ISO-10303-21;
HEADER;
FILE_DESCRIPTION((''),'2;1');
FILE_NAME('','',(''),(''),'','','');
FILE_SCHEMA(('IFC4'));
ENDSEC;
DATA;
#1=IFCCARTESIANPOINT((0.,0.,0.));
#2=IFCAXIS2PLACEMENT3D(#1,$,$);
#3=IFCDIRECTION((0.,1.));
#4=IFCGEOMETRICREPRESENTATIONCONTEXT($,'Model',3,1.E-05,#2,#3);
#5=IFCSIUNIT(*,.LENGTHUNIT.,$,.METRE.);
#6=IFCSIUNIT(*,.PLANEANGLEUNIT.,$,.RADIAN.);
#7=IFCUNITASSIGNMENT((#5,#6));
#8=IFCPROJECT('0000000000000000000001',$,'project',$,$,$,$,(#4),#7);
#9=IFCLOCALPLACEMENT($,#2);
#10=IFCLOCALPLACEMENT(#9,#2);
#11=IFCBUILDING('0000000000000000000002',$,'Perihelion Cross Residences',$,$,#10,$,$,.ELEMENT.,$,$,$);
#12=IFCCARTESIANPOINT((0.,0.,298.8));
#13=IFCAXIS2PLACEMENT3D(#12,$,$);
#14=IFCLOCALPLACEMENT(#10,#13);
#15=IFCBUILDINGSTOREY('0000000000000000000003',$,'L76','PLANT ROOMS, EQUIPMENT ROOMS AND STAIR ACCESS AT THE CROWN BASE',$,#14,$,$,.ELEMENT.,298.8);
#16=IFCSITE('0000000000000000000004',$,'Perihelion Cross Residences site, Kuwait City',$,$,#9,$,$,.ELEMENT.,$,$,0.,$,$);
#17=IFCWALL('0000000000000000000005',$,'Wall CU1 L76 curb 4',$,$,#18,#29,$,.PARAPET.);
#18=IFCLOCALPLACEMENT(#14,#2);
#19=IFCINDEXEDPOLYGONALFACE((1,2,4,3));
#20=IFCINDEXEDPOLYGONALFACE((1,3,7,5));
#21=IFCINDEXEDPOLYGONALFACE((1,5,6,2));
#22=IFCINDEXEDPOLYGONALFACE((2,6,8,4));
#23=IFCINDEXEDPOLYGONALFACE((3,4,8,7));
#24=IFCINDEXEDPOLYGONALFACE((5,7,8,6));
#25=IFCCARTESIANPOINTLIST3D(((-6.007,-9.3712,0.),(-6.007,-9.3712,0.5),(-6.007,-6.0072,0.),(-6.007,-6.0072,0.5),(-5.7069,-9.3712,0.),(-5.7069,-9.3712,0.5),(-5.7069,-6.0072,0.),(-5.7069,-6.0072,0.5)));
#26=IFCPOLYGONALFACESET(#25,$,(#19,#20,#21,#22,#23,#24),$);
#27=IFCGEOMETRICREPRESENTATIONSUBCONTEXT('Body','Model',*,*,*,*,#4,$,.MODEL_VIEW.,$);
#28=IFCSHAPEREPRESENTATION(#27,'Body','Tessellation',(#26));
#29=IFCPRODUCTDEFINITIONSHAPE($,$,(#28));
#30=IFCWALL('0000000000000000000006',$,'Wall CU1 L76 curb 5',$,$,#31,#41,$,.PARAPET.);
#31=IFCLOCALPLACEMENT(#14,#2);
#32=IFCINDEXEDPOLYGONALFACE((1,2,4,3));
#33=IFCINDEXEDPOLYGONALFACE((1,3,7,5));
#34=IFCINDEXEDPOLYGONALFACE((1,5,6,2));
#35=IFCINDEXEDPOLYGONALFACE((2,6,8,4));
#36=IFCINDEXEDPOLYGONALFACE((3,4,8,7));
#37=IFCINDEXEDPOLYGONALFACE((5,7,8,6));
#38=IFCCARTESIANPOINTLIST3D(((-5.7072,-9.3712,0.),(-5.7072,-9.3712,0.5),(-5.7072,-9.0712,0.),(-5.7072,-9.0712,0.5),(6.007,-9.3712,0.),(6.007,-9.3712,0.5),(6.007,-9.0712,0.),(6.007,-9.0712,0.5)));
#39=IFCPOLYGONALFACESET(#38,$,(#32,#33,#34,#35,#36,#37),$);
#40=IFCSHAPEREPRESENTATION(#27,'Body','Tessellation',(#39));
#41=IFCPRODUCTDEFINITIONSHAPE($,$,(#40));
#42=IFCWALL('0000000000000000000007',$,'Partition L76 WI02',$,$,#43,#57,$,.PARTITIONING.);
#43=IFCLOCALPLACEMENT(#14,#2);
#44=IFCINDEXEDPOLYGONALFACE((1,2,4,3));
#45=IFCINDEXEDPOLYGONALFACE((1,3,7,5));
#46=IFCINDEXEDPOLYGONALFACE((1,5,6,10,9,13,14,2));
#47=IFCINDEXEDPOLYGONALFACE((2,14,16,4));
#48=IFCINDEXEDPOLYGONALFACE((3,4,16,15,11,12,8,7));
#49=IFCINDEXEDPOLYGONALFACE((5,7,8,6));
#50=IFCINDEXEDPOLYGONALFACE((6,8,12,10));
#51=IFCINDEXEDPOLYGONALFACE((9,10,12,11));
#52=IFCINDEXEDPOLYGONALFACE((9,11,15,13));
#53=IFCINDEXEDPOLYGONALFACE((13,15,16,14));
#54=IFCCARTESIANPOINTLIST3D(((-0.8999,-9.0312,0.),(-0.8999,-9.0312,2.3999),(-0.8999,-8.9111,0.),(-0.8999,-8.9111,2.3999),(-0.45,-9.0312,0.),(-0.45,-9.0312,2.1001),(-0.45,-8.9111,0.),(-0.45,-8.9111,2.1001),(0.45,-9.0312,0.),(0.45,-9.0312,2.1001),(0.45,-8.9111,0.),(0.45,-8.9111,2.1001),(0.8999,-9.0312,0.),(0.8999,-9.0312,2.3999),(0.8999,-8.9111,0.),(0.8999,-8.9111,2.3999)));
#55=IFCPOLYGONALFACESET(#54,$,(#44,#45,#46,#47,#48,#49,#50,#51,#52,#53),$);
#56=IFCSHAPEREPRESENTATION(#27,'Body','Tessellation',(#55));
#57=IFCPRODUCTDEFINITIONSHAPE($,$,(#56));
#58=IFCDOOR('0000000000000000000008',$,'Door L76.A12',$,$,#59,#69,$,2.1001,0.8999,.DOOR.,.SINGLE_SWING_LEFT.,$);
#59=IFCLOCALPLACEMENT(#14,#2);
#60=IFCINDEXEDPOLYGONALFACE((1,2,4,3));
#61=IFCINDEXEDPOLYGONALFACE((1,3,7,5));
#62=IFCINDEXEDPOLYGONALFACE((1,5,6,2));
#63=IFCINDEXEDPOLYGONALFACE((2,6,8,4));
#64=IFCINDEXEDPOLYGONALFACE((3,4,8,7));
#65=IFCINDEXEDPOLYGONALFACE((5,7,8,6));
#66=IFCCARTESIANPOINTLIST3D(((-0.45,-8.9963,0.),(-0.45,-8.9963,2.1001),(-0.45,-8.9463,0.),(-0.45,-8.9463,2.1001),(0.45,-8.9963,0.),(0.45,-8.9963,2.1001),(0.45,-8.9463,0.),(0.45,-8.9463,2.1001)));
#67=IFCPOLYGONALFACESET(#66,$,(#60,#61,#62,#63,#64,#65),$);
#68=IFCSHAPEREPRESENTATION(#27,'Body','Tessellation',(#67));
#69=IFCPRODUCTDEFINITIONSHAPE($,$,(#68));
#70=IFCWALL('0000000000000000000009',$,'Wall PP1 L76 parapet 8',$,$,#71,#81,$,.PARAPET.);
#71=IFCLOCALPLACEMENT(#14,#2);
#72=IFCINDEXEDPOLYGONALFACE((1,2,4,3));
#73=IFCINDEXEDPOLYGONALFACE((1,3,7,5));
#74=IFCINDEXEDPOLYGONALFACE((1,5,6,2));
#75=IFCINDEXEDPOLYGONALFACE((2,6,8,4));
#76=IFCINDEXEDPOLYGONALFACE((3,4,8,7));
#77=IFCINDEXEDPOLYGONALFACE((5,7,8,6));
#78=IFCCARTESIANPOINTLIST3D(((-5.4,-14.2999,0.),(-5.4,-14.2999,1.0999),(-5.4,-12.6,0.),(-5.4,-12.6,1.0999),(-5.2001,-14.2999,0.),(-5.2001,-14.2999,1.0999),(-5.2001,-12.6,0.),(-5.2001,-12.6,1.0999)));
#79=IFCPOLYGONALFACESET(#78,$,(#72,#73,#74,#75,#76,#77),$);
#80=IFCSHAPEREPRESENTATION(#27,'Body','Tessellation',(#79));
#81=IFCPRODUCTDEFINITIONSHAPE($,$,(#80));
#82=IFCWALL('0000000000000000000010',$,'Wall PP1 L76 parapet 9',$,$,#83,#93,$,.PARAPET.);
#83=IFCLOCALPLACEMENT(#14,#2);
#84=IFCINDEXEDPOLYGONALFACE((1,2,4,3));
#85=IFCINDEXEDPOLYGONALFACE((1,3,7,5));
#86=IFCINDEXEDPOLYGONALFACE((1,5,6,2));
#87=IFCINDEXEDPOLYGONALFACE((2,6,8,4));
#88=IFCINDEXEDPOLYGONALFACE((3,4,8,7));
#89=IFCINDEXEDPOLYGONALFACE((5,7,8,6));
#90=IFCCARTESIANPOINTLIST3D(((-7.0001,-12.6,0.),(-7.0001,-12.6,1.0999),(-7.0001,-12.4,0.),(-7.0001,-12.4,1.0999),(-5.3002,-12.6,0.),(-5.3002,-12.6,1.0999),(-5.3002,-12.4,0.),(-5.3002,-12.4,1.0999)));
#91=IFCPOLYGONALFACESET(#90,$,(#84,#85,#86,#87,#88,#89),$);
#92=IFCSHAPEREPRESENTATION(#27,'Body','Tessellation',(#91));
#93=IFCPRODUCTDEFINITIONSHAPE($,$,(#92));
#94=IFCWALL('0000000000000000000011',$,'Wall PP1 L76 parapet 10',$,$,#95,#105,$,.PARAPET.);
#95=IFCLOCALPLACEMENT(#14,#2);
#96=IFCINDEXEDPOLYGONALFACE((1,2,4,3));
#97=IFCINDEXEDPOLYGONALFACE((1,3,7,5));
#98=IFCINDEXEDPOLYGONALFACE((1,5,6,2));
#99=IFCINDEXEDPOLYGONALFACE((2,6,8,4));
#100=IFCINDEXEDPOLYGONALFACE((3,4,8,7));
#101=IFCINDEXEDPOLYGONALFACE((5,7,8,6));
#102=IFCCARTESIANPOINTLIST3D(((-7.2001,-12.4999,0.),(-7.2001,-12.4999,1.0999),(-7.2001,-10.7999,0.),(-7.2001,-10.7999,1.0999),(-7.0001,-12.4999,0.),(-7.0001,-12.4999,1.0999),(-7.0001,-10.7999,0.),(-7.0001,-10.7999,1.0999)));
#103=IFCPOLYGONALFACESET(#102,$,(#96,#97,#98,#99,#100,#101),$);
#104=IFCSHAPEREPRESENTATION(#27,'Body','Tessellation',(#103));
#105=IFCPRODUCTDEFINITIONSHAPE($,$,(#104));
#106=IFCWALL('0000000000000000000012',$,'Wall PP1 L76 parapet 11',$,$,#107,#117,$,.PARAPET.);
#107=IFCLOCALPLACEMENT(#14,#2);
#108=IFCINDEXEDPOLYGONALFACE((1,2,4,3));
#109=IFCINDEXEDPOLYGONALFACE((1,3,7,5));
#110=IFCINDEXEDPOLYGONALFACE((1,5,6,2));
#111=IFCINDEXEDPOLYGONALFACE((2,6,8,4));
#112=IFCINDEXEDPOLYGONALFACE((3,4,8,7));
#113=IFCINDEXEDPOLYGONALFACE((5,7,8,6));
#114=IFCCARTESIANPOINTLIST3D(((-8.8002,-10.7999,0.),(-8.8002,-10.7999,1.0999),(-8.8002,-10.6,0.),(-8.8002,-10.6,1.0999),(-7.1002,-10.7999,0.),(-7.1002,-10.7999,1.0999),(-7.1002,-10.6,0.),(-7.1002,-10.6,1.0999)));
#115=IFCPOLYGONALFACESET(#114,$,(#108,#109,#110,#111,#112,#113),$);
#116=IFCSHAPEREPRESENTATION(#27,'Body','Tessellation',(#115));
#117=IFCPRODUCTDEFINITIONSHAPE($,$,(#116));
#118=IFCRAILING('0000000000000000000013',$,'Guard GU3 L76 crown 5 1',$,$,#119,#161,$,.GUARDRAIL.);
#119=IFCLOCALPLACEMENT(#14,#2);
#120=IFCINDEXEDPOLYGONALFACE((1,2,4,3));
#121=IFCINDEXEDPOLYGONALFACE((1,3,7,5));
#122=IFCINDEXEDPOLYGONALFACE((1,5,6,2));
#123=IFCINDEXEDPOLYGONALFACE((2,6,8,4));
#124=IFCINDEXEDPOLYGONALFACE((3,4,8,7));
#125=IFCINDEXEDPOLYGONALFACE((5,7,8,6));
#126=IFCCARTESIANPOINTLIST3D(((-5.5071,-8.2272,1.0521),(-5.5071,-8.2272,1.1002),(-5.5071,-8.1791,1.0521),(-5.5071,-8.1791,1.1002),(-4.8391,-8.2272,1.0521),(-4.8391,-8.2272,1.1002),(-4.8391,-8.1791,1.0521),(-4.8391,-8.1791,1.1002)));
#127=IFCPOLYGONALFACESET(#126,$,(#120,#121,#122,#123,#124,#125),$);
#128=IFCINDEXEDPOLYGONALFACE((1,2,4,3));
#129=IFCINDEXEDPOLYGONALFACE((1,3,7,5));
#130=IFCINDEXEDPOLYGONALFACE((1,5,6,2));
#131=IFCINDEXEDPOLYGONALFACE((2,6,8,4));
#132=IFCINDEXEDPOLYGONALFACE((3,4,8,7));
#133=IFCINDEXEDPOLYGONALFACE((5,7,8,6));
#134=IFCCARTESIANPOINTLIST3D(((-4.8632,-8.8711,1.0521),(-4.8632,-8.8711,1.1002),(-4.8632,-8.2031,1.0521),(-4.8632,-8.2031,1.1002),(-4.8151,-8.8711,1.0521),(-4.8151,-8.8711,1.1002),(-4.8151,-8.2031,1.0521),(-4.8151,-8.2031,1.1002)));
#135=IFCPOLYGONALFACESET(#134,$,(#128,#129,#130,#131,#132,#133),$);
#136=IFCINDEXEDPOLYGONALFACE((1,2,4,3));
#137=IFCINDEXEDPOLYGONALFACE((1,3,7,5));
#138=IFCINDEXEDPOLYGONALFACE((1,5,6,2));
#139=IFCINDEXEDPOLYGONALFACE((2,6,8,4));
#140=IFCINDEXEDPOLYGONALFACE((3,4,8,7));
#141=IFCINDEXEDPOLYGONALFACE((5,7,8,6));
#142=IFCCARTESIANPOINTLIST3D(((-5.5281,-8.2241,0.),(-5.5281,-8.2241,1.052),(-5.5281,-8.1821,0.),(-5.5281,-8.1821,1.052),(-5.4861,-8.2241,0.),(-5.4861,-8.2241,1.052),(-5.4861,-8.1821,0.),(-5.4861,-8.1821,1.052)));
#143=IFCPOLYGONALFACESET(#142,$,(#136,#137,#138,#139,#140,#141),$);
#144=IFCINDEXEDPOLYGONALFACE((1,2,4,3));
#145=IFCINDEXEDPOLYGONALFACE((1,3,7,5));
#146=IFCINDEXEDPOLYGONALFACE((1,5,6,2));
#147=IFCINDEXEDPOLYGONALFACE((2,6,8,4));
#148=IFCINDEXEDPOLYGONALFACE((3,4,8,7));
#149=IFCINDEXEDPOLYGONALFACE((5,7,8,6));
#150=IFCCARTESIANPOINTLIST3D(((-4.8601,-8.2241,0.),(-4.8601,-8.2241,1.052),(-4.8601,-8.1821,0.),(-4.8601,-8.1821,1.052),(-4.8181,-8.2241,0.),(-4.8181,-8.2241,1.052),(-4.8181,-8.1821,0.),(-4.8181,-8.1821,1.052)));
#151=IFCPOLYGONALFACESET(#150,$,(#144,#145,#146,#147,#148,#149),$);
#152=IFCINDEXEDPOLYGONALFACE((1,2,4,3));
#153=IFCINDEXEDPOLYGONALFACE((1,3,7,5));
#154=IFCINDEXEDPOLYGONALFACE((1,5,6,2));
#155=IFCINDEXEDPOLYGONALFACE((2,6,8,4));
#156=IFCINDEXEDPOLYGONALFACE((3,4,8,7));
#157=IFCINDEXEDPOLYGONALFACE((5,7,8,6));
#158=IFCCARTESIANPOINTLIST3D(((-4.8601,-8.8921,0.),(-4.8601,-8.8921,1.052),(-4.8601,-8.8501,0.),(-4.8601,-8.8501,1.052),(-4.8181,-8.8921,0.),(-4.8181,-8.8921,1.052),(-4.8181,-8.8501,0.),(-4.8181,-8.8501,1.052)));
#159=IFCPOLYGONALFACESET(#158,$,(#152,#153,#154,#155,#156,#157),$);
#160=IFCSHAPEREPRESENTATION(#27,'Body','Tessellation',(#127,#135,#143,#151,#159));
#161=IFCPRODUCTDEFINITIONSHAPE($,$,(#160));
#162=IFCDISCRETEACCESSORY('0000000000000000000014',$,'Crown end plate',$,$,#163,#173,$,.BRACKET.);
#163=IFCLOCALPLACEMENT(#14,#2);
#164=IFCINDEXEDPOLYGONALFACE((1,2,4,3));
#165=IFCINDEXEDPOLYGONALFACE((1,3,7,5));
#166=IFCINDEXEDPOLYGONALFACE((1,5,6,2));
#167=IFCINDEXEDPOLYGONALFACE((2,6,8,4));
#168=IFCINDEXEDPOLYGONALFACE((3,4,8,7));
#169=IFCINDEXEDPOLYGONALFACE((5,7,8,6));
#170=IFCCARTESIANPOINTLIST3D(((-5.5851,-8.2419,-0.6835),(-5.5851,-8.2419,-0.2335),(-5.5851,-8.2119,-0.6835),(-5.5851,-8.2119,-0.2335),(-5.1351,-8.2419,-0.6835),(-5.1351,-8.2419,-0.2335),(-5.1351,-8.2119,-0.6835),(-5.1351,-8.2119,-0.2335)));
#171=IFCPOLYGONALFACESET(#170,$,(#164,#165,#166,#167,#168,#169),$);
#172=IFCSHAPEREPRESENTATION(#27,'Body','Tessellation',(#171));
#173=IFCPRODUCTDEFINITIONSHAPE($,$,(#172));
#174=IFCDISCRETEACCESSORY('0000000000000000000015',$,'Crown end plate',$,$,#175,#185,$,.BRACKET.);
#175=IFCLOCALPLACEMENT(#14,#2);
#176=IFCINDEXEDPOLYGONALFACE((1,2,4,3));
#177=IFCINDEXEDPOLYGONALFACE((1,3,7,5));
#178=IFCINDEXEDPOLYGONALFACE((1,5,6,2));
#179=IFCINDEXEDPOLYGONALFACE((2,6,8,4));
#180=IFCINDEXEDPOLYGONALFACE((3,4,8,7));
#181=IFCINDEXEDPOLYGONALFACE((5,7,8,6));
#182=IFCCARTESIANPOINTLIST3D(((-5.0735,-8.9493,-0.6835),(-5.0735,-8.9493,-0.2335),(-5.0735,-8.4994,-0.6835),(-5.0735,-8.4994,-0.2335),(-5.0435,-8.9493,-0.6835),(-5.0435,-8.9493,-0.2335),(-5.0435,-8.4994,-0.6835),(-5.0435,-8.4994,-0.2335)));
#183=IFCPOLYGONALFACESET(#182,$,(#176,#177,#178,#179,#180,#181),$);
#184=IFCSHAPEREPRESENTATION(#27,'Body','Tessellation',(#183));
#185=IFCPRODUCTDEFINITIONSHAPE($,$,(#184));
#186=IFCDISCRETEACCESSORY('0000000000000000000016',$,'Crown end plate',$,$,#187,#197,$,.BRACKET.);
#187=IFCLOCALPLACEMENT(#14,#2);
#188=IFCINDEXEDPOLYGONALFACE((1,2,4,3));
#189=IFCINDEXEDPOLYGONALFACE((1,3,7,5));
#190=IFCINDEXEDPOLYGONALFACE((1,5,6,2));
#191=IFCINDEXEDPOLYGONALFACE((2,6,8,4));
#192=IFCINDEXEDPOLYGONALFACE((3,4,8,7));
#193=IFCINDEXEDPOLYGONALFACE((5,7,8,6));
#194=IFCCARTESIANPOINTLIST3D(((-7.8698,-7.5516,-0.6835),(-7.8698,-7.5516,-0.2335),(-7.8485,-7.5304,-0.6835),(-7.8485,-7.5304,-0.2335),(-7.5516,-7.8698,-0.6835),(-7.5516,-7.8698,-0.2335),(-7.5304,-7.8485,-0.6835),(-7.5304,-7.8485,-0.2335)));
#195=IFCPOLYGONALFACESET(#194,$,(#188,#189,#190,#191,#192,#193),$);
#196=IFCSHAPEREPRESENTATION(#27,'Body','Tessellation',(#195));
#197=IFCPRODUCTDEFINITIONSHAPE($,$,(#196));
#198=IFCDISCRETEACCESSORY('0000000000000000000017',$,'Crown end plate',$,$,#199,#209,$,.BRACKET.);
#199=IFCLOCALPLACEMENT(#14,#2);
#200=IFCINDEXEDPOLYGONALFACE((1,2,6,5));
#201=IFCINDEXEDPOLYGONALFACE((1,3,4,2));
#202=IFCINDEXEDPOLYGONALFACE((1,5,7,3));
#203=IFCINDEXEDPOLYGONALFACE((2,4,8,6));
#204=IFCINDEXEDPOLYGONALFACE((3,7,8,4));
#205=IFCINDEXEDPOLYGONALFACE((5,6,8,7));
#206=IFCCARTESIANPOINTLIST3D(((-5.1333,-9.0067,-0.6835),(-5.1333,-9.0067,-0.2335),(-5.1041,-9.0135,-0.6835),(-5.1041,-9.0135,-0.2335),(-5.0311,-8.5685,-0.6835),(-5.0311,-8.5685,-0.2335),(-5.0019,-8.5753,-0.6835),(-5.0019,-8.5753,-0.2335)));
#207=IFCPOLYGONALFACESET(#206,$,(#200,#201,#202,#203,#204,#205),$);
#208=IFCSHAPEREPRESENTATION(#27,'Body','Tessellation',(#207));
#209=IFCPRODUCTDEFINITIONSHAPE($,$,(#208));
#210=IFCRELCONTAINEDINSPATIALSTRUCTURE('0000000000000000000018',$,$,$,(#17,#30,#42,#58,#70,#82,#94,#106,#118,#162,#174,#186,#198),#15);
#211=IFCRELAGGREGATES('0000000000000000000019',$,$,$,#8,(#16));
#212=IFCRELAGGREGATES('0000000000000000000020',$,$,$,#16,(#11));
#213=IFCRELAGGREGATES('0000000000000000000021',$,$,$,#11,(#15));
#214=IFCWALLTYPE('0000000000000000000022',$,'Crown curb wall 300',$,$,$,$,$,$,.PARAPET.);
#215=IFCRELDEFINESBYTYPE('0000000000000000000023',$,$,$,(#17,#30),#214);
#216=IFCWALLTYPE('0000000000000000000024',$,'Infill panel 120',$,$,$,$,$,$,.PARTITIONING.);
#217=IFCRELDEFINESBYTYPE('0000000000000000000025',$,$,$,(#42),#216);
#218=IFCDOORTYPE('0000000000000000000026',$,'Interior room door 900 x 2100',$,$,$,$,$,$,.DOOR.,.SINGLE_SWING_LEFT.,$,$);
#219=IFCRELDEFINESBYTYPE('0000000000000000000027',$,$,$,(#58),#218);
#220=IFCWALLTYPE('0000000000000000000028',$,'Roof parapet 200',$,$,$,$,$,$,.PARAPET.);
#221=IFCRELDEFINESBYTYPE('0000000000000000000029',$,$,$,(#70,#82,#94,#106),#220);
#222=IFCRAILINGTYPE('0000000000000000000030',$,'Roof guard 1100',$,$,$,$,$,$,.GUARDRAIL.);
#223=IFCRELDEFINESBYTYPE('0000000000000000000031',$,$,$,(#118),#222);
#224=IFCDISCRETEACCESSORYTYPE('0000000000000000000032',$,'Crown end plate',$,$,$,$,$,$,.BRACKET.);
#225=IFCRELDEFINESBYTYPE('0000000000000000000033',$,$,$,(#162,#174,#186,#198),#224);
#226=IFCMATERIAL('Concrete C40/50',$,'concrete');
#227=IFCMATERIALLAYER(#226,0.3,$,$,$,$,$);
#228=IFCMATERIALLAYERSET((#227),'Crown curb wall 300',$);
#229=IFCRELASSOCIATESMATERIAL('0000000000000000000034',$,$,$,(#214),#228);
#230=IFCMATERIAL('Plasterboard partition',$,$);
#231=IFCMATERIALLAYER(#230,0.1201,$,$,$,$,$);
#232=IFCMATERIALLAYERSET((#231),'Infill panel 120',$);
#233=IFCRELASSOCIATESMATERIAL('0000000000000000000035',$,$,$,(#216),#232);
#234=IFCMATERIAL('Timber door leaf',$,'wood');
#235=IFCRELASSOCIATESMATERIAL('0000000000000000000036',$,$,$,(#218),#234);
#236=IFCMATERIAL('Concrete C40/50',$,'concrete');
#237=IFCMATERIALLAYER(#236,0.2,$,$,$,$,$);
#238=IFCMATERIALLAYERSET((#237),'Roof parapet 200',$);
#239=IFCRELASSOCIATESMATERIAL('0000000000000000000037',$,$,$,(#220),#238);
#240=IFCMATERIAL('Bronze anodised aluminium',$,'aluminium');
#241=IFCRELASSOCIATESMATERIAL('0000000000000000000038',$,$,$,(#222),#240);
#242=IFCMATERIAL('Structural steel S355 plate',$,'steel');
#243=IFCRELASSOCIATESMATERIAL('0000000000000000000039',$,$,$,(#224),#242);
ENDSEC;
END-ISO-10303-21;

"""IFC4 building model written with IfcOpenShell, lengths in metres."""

from ifc_helpers import new_model, si_unit, direction, frame, frame_2d, origin, origin_2d, place, context, subcontext, project, spatial, rectangle, extrude, material, layer, layer_set, material_profile, profile_set, type_object, element, fill, save


model = new_model("IFC4")

# Units and contexts
model_context = context("Model", 3, precision=1e-05, world=origin(), true_north=direction((0.0, 1.0)))
body_context = subcontext(model_context, "Body", "Model", "MODEL_VIEW")
ifc_project = project(units=[si_unit("LENGTHUNIT", "METRE"), si_unit("PLANEANGLEUNIT", "RADIAN")], contexts=[model_context])

# Site, building, storey
site_placement = place(None, origin())
site = spatial("IfcSite", under=ifc_project, at=site_placement, Name="Perihelion Cross Residences site, Kuwait City", CompositionType="ELEMENT", RefElevation=0.0)
building_placement = place(site_placement, origin())
building = spatial("IfcBuilding", under=site, at=building_placement, Name="Perihelion Cross Residences", CompositionType="ELEMENT")
storey_placement = place(building_placement, frame((0.0, 0.0, 298.8)))
storey = spatial("IfcBuildingStorey", under=building, at=storey_placement, Name="L76", Description="PLANT ROOMS, EQUIPMENT ROOMS AND STAIR ACCESS AT THE CROWN BASE", CompositionType="ELEMENT", Elevation=298.8)

# Walls
ifc_material_1 = material(Name="Concrete C40/50", Category="concrete")
ifc_layer_1 = layer(ifc_material_1, 0.3)
ifc_layer_set_1 = layer_set([ifc_layer_1], Name="Crown curb wall 300")
wall_type_1 = type_object("IfcWallType", Name="Crown curb wall 300", PredefinedType="PARAPET", material=ifc_layer_set_1)
wall_1_placement = place(storey_placement, frame((-5.8569, -6.0071, 0.0), z_axis=(0.0, 0.0, 1.0), x_axis=(0.0, -1.0, 0.0)))
element("IfcWall", 1, at=wall_1_placement, inside=storey, type_object=wall_type_1, Name="Wall CU1 L76 curb 4", PredefinedType="PARAPET", context=body_context, shape_type="SweptSolid", body=[
    extrude(rectangle(XDim=3.364, YDim=0.3, at=frame_2d((1.6821, 0.0))), origin(), (0.0, 0.0, 1.0), 0.5),
])
wall_2_placement = place(storey_placement, frame((-5.707, -9.2212, 0.0), z_axis=(0.0, 0.0, 1.0), x_axis=(1.0, 0.0, 0.0)))
element("IfcWall", 2, at=wall_2_placement, inside=storey, type_object=wall_type_1, Name="Wall CU1 L76 curb 5", PredefinedType="PARAPET", context=body_context, shape_type="SweptSolid", body=[
    extrude(rectangle(XDim=11.7141, YDim=0.3, at=frame_2d((5.8569, 0.0))), origin(), (0.0, 0.0, 1.0), 0.5),
])

# Wall, opening, door
ifc_material_2 = material(Name="Plasterboard partition")
ifc_layer_2 = layer(ifc_material_2, 0.1201)
ifc_layer_set_2 = layer_set([ifc_layer_2], Name="Infill panel 120")
wall_type_2 = type_object("IfcWallType", Name="Infill panel 120", PredefinedType="PARTITIONING", material=ifc_layer_set_2)
wall_3_placement = place(storey_placement, frame((-0.8999, -8.9712, 0.0), z_axis=(0.0, 0.0, 1.0), x_axis=(1.0, 0.0, 0.0)))
wall_3 = element("IfcWall", 3, at=wall_3_placement, inside=storey, type_object=wall_type_2, Name="Partition L76 WI02", PredefinedType="PARTITIONING", context=body_context, shape_type="SweptSolid", body=[
    extrude(rectangle(XDim=1.7998, YDim=0.1201, at=frame_2d((0.8999, 0.0))), origin(), (0.0, 0.0, 1.0), 2.3999),
])
opening_1_placement = place(wall_3_placement, frame((0.45, 0.0, 0.0)))
opening_1 = element("IfcOpeningElement", 4, at=opening_1_placement, cuts=wall_3, PredefinedType="OPENING", context=body_context, shape_type="SweptSolid", body=[
    extrude(rectangle(XDim=0.8999, YDim=2.1001, at=frame_2d((0.45, 1.05))), frame((0.0, 0.0701, 0.0), z_axis=(0.0, -1.0, 0.0), x_axis=(1.0, 0.0, 0.0)), (0.0, 0.0, 1.0), 0.1401),
])
ifc_material_3 = material(Name="Timber door leaf", Category="wood")
door_type_1 = type_object("IfcDoorType", Name="Interior room door 900 x 2100", OperationType="SINGLE_SWING_LEFT", PredefinedType="DOOR", material=ifc_material_3)
door_1_placement = place(opening_1_placement, origin())
door_1 = element("IfcDoor", 5, at=door_1_placement, inside=storey, type_object=door_type_1, Name="Door L76.A12", OperationType="SINGLE_SWING_LEFT", OverallHeight=2.1001, OverallWidth=0.8999, PredefinedType="DOOR", context=body_context, shape_type="SweptSolid", body=[
    extrude(rectangle(XDim=0.8999, YDim=2.1001, at=frame_2d((0.45, 1.05))), frame((0.0, 0.0249, 0.0), z_axis=(0.0, -1.0, 0.0), x_axis=(1.0, 0.0, 0.0)), (0.0, 0.0, 1.0), 0.05),
])
fill(opening_1, door_1)

# Walls
ifc_material_4 = material(Name="Concrete C40/50", Category="concrete")
ifc_layer_3 = layer(ifc_material_4, 0.2)
ifc_layer_set_3 = layer_set([ifc_layer_3], Name="Roof parapet 200")
wall_type_3 = type_object("IfcWallType", Name="Roof parapet 200", PredefinedType="PARAPET", material=ifc_layer_set_3)
for number, where, z_axis, x_axis, name in (
    (6, (-5.3, -14.3, 0.0), (0.0, 0.0, 1.0), (0.0, 1.0, 0.0), "Wall PP1 L76 parapet 8"),
    (7, (-5.3, -12.5, 0.0), (0.0, 0.0, 1.0), (-1.0, 0.0, 0.0), "Wall PP1 L76 parapet 9"),
    (8, (-7.1001, -12.5, 0.0), (0.0, 0.0, 1.0), (0.0, 1.0, 0.0), "Wall PP1 L76 parapet 10"),
    (9, (-7.1001, -10.7, 0.0), (0.0, 0.0, 1.0), (-1.0, 0.0, 0.0), "Wall PP1 L76 parapet 11"),
):
    element("IfcWall", number, at=place(storey_placement, frame(where, z_axis=z_axis, x_axis=x_axis)), inside=storey, type_object=wall_type_3, Name=name, PredefinedType="PARAPET", context=body_context, shape_type="SweptSolid", body=[
        extrude(rectangle(XDim=1.7, YDim=0.2, at=frame_2d((0.8501, 0.0))), origin(), (0.0, 0.0, 1.0), 1.0999),
    ])

# Railing
ifc_material_5 = material(Name="Bronze anodised aluminium", Category="aluminium")
railing_type = type_object("IfcRailingType", Name="Roof guard 1100", PredefinedType="GUARDRAIL", material=ifc_material_5)
railing_placement = place(storey_placement, frame((-5.5071, -8.2031, 0.0)))
element("IfcRailing", 10, at=railing_placement, inside=storey, type_object=railing_type, Name="Guard GU3 L76 crown 5 1", PredefinedType="GUARDRAIL", context=body_context, shape_type="SweptSolid", body=[
    extrude(rectangle(XDim=0.0481, YDim=0.0481, at=origin_2d()), frame((0.0, 0.0, 1.0762), z_axis=(1.0, 0.0, 0.0), x_axis=(0.0, 1.0, 0.0)), (0.0, 0.0, 1.0), 0.668),
    extrude(rectangle(XDim=0.0481, YDim=0.0481, at=origin_2d()), frame((0.668, 0.0, 1.0762), z_axis=(0.0, -1.0, 0.0), x_axis=(1.0, 0.0, 0.0)), (0.0, 0.0, 1.0), 0.668),
    extrude(rectangle(XDim=0.042, YDim=0.042, at=origin_2d()), origin(), (0.0, 0.0, 1.0), 1.052),
    extrude(rectangle(XDim=0.042, YDim=0.042, at=origin_2d()), frame((0.668, 0.0, 0.0)), (0.0, 0.0, 1.0), 1.052),
    extrude(rectangle(XDim=0.042, YDim=0.042, at=origin_2d()), frame((0.668, -0.668, 0.0)), (0.0, 0.0, 1.0), 1.052),
])

# Discrete accessories
ifc_material_6 = material(Name="Structural steel S355 plate", Category="steel")
ifc_material_profile_1 = material_profile(ifc_material_6, rectangle(XDim=0.45, YDim=0.45, at=origin_2d()), Name="Crown end plate")
ifc_profile_set_1 = profile_set([ifc_material_profile_1], Name="Structural steel S355 plate")
discrete_accessory_type_1 = type_object("IfcDiscreteAccessoryType", Name="Crown end plate", PredefinedType="BRACKET", material=ifc_profile_set_1)
for number, where, z_axis, x_axis, name in (
    (11, (-5.3601, -8.2119, -0.4585), (0.0, -1.0, 0.0), (1.0, 0.0, 0.0), "Crown end plate"),
    (12, (-5.0735, -8.7244, -0.4585), (1.0, 0.0, 0.0), (0.0, 1.0, 0.0), "Crown end plate"),
    (13, (-7.6895, -7.6895, -0.4585), (-0.707107, -0.707107, 0.0), (0.707107, -0.707107, 0.0), "Crown end plate"),
    (14, (-5.053, -8.7944, -0.4585), (-0.973841, 0.22723, 0.0), (-0.22723, -0.973841, 0.0), "Crown end plate"),
):
    element("IfcDiscreteAccessory", number, at=place(storey_placement, frame(where, z_axis=z_axis, x_axis=x_axis)), inside=storey, type_object=discrete_accessory_type_1, Name=name, PredefinedType="BRACKET", context=body_context, shape_type="SweptSolid", body=[
        extrude(rectangle(XDim=0.45, YDim=0.45, at=origin_2d()), origin(), (0.0, 0.0, 1.0), 0.03),
    ])

save(model, "model.ifc")
